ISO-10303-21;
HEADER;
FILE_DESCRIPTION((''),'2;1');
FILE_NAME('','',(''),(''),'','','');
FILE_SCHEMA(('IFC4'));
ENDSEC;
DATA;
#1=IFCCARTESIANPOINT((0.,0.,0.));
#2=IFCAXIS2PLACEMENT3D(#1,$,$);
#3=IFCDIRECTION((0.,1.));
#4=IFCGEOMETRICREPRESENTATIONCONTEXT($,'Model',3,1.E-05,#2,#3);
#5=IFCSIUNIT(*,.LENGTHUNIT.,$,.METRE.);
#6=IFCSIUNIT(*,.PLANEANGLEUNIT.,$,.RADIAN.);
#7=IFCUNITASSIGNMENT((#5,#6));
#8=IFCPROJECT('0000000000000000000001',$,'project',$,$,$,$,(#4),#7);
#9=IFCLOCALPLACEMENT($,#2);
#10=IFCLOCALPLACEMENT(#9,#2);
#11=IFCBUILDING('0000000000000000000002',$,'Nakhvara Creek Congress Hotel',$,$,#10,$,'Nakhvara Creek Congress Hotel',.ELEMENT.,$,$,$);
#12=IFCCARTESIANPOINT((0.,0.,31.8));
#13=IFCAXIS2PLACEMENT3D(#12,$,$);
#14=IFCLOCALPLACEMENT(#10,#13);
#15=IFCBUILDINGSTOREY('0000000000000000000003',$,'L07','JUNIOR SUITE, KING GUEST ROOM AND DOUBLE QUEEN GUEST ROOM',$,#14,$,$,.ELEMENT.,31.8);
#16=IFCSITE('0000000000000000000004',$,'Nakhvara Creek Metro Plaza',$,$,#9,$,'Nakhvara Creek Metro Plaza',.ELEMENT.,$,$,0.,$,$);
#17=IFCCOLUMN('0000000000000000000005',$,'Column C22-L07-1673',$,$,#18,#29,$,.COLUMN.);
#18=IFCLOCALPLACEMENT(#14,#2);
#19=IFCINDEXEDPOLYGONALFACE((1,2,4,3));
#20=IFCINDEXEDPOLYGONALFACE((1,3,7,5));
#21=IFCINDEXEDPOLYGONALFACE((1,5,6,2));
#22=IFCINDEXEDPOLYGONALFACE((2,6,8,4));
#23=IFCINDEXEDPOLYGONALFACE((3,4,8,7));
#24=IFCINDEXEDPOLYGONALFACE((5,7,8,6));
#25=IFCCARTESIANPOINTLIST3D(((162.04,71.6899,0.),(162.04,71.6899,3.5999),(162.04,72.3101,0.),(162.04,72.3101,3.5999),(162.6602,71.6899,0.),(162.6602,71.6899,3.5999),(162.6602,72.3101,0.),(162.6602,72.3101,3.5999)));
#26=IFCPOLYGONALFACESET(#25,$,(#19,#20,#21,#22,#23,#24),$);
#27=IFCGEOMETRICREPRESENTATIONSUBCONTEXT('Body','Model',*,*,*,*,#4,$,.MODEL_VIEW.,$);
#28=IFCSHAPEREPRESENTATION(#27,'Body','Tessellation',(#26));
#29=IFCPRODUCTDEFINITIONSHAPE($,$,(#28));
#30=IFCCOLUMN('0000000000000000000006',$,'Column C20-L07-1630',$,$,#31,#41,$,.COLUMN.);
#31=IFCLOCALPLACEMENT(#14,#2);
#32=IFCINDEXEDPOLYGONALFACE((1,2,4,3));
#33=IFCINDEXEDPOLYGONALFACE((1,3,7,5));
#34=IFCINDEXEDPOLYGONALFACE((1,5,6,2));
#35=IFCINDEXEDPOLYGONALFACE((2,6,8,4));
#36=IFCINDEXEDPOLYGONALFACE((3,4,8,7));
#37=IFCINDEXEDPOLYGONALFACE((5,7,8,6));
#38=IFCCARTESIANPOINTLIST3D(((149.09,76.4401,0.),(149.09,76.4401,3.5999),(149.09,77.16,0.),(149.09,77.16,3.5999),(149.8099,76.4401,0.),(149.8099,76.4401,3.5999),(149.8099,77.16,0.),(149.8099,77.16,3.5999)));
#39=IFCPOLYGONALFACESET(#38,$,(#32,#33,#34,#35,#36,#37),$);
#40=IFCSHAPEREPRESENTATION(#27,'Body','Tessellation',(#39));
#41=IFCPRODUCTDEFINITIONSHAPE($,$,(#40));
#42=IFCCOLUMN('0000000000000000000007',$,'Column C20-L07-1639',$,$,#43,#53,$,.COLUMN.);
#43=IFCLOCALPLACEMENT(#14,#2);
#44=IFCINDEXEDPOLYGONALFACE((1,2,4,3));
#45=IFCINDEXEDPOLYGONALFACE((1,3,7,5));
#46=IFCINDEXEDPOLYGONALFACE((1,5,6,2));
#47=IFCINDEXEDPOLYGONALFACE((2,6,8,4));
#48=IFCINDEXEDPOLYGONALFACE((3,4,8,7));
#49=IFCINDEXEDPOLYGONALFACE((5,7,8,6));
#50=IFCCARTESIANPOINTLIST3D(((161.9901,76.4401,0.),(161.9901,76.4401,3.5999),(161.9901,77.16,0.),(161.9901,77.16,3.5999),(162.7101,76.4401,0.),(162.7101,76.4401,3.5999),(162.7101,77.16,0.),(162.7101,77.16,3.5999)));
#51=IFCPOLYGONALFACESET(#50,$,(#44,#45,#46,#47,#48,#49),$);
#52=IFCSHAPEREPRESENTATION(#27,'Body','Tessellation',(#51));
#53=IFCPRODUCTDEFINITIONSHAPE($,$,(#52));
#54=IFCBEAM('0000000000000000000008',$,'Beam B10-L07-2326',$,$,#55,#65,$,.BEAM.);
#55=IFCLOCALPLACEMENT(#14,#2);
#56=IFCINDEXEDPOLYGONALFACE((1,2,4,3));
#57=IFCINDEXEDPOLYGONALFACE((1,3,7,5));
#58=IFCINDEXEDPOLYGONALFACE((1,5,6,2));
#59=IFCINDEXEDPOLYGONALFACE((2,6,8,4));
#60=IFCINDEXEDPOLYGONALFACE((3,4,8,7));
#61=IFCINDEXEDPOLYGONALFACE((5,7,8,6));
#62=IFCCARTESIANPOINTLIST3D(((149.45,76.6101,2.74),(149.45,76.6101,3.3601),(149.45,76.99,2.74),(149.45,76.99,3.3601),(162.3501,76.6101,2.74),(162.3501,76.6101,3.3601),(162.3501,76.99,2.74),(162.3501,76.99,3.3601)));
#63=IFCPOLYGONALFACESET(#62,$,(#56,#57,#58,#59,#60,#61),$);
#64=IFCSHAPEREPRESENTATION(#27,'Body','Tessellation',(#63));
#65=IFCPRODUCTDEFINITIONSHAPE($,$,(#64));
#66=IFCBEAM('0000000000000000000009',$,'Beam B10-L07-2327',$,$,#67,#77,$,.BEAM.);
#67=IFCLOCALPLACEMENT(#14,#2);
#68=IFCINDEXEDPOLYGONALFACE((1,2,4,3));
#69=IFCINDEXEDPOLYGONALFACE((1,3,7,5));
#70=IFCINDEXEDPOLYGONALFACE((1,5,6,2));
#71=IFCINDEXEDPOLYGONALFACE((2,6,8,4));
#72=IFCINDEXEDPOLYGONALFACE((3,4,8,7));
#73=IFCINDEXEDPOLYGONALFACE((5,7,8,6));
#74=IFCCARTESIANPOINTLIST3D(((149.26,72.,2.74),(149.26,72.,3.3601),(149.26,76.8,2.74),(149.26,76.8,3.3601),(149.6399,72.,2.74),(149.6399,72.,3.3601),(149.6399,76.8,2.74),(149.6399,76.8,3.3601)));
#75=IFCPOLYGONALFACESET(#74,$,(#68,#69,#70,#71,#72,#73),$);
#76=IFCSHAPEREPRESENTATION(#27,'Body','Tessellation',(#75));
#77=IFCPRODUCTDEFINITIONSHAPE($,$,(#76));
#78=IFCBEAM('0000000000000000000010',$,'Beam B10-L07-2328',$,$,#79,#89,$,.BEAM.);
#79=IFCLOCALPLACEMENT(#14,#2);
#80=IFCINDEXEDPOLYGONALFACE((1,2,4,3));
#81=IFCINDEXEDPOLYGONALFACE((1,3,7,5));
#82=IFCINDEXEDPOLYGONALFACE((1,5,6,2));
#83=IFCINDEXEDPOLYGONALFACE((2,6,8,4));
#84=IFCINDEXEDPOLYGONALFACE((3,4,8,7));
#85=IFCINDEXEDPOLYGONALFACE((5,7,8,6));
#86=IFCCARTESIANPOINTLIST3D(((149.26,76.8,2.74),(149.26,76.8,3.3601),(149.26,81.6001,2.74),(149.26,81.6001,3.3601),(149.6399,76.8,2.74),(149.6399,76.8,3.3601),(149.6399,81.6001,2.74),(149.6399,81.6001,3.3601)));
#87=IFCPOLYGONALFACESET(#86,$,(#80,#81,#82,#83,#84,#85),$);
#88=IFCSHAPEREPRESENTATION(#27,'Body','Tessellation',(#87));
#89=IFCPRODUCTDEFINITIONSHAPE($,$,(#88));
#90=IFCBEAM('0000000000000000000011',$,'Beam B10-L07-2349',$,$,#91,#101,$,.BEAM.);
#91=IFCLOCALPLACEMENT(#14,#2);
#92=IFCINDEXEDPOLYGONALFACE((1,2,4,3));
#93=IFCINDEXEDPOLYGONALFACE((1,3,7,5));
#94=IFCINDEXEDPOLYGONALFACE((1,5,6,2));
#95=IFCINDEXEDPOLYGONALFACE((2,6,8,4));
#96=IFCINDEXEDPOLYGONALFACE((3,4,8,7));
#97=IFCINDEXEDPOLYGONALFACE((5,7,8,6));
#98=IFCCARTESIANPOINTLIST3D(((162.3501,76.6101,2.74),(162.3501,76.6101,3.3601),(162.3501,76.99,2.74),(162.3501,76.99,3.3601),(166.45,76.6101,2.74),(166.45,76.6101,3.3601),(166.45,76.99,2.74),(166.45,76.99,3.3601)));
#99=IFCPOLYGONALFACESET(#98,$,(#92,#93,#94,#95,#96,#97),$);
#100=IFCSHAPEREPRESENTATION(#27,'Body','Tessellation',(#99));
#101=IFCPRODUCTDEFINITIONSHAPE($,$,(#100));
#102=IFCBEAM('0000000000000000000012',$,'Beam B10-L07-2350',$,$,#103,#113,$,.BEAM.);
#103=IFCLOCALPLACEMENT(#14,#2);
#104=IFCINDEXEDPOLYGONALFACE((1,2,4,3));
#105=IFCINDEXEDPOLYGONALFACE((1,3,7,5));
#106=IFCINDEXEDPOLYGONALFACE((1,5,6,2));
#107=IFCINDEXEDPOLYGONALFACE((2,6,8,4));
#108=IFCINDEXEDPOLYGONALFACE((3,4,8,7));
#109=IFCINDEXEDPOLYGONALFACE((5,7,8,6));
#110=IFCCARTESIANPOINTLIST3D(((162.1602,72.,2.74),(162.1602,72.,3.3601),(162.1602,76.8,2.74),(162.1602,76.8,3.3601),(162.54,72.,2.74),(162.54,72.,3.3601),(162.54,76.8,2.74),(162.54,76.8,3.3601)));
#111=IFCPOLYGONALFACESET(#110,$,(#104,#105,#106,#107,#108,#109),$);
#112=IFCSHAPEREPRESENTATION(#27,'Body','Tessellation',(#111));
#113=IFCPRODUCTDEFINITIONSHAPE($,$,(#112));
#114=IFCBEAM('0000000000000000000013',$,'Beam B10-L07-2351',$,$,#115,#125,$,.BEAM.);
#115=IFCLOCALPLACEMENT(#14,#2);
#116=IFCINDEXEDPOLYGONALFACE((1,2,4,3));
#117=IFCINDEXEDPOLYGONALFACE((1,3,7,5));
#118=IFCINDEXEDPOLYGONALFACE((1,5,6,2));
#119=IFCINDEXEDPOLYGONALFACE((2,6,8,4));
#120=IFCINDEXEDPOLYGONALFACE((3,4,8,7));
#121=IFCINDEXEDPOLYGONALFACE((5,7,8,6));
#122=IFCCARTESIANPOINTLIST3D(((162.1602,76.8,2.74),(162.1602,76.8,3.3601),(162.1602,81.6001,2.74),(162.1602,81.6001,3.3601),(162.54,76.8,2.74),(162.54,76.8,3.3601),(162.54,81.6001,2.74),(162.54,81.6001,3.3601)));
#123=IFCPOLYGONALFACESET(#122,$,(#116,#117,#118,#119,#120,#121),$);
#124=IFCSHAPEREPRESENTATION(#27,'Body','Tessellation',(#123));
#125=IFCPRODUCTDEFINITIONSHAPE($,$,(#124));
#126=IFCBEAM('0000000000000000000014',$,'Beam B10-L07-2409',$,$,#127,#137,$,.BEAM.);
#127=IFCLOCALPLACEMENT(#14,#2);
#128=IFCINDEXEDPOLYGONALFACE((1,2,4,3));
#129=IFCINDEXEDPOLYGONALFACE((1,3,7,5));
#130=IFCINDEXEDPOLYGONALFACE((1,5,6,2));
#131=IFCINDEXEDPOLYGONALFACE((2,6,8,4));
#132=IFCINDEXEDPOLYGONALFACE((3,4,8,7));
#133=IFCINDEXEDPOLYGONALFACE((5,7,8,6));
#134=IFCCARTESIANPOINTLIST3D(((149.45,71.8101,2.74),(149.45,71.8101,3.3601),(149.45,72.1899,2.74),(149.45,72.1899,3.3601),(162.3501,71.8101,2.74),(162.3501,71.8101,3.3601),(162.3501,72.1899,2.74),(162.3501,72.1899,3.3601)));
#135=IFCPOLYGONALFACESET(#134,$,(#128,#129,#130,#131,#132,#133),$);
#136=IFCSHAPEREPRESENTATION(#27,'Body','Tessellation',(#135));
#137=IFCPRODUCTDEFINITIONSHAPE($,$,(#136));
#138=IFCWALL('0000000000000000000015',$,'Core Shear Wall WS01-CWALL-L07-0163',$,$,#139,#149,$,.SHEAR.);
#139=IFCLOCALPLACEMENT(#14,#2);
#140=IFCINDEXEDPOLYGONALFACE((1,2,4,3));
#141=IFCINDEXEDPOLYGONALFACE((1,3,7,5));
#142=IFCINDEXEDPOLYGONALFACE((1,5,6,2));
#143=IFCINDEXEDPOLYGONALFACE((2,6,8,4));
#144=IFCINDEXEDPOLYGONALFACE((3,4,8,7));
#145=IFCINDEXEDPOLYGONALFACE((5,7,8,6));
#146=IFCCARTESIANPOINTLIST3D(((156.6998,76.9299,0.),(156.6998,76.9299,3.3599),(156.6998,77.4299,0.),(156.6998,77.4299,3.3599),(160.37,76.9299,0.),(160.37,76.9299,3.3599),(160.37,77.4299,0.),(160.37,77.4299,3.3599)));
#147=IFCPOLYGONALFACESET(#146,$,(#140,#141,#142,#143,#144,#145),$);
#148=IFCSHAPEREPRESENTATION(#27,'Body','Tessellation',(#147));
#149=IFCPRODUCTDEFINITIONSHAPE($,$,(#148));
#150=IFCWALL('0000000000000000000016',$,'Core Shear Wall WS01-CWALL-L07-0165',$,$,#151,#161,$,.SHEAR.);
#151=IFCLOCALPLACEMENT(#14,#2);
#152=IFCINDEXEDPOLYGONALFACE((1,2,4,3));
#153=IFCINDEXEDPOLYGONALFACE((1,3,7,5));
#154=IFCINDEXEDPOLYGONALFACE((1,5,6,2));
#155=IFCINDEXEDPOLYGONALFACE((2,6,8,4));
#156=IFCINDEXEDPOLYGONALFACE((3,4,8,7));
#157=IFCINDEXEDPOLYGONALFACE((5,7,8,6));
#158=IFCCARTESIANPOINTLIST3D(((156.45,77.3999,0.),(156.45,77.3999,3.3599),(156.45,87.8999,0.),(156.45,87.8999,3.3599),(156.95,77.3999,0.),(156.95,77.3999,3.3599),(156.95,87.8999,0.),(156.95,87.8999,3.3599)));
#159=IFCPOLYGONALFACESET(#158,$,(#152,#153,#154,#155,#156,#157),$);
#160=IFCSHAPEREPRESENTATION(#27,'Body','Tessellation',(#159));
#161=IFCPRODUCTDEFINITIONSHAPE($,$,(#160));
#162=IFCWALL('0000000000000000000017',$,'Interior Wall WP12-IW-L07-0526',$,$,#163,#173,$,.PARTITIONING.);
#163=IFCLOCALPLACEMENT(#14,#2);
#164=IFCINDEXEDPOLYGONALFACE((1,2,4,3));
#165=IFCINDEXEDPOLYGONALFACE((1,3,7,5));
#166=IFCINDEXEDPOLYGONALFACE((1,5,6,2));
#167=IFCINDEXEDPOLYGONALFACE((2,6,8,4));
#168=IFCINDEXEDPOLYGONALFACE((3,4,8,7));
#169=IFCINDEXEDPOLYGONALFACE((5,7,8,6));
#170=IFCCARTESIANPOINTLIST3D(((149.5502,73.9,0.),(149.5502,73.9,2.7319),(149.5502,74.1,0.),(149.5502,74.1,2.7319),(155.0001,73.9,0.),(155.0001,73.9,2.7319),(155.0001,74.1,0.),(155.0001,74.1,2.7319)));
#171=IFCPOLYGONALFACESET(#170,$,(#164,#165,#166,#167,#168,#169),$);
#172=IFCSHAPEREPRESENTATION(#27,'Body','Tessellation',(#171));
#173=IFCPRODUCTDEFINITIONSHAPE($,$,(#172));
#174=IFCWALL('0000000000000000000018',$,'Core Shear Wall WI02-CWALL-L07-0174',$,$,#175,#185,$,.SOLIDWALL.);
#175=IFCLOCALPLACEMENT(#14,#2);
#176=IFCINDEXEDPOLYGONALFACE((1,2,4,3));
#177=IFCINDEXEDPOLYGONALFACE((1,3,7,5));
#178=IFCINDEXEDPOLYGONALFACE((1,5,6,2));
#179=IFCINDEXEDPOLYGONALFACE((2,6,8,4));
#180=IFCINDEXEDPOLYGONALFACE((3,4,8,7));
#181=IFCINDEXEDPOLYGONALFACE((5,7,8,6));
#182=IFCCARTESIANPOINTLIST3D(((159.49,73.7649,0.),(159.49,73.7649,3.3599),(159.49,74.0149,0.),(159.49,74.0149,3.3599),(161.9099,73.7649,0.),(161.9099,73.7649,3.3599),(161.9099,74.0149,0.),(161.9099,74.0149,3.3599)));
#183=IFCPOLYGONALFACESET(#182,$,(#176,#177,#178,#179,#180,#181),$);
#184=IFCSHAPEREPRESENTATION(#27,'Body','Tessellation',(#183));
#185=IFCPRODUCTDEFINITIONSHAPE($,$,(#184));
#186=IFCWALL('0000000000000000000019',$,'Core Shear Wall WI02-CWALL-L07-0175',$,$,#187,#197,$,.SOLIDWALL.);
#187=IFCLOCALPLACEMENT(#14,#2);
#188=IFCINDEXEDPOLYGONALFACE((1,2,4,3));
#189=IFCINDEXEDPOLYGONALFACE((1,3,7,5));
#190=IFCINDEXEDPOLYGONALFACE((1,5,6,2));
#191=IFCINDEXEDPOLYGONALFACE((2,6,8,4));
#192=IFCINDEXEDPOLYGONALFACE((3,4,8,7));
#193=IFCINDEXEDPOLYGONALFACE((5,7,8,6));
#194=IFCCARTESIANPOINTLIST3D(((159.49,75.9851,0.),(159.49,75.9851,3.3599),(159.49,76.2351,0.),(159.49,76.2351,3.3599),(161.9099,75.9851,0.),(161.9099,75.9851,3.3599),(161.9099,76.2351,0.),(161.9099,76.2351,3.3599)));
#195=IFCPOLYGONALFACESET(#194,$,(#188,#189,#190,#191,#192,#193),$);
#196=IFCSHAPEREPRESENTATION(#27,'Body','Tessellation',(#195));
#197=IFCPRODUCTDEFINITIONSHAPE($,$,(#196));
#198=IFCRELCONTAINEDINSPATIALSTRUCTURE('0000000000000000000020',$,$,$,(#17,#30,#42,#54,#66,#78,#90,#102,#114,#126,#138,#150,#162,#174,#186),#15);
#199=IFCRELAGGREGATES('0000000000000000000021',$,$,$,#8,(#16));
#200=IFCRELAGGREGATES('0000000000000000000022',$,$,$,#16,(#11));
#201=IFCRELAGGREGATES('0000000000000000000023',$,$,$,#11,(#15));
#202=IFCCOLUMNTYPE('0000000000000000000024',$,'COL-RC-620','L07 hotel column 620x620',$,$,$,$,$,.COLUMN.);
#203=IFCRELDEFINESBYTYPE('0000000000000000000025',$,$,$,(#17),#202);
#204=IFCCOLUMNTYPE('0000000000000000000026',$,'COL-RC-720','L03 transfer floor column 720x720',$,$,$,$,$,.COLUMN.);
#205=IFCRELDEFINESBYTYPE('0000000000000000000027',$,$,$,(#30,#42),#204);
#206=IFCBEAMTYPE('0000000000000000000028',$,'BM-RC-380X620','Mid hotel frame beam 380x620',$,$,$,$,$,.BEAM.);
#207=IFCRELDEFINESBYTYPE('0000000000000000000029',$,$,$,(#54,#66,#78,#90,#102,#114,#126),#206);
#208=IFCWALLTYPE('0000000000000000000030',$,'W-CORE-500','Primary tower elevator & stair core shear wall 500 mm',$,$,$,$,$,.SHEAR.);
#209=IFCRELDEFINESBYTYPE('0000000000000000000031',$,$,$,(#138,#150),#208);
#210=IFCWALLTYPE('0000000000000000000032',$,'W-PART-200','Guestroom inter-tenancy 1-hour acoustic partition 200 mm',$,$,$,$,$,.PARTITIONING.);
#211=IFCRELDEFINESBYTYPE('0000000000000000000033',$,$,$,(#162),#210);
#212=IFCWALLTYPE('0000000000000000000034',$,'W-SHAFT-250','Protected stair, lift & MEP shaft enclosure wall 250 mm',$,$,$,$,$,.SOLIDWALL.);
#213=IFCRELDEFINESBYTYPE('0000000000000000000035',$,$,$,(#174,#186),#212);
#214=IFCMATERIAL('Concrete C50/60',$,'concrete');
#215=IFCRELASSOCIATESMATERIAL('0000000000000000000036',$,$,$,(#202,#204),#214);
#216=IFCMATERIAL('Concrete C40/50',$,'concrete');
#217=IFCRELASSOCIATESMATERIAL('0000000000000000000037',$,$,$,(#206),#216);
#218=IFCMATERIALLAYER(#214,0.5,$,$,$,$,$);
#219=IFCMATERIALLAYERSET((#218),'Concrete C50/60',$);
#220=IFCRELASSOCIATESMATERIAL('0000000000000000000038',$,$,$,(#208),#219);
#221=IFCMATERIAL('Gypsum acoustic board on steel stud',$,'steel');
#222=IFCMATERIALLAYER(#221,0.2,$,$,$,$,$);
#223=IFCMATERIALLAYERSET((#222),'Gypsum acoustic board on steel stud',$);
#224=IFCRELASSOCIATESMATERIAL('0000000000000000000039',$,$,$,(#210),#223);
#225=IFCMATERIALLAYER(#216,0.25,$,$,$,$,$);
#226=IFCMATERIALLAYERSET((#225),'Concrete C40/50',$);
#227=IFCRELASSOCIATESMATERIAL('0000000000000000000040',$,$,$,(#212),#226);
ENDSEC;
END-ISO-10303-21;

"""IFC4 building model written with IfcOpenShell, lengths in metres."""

from ifc_helpers import new_model, si_unit, direction, frame, frame_2d, origin, origin_2d, place, context, subcontext, project, spatial, rectangle, extrude, material, layer, layer_set, material_profile, profile_set, type_object, element, save


model = new_model("IFC4")

# Units and contexts
model_context = context("Model", 3, precision=1e-05, world=origin(), true_north=direction((0.0, 1.0)))
body_context = subcontext(model_context, "Body", "Model", "MODEL_VIEW")
ifc_project = project(units=[si_unit("LENGTHUNIT", "METRE"), si_unit("PLANEANGLEUNIT", "RADIAN")], contexts=[model_context])

# Site, building, storey
site_placement = place(None, origin())
site = spatial("IfcSite", under=ifc_project, at=site_placement, Name="Nakhvara Creek Metro Plaza", LongName="Nakhvara Creek Metro Plaza", CompositionType="ELEMENT", RefElevation=0.0)
building_placement = place(site_placement, origin())
building = spatial("IfcBuilding", under=site, at=building_placement, Name="Nakhvara Creek Congress Hotel", LongName="Nakhvara Creek Congress Hotel", CompositionType="ELEMENT")
storey_placement = place(building_placement, frame((0.0, 0.0, 31.8)))
storey = spatial("IfcBuildingStorey", under=building, at=storey_placement, Name="L07", Description="JUNIOR SUITE, KING GUEST ROOM AND DOUBLE QUEEN GUEST ROOM", CompositionType="ELEMENT", Elevation=31.8)

# Columns
ifc_material_1 = material(Name="Concrete C50/60", Category="concrete")
ifc_material_profile_1 = material_profile(ifc_material_1, rectangle(XDim=0.6201, YDim=0.6201, at=origin_2d()), Name="RC-COL 620x620", Category="LoadBearing")
ifc_profile_set_1 = profile_set([ifc_material_profile_1], Name="Concrete C50/60")
column_type_1 = type_object("IfcColumnType", Name="COL-RC-620", Description="L07 hotel column 620x620", PredefinedType="COLUMN", material=ifc_profile_set_1)
column_placement = place(storey_placement, frame((162.3501, 72.0, 0.0), z_axis=(0.0, 0.0, 1.0), x_axis=(1.0, 0.0, 0.0)))
element("IfcColumn", 1, at=column_placement, inside=storey, type_object=column_type_1, Name="Column C22-L07-1673", PredefinedType="COLUMN", context=body_context, shape_type="SweptSolid", body=[
    extrude(rectangle(XDim=0.6201, YDim=0.6201, at=origin_2d()), origin(), (0.0, 0.0, 1.0), 3.5999),
])
ifc_material_profile_2 = material_profile(ifc_material_1, rectangle(XDim=0.72, YDim=0.72, at=origin_2d()), Name="RC-COL 720x720", Category="LoadBearing")
ifc_profile_set_2 = profile_set([ifc_material_profile_2], Name="Concrete C50/60")
column_type_2 = type_object("IfcColumnType", Name="COL-RC-720", Description="L03 transfer floor column 720x720", PredefinedType="COLUMN", material=ifc_profile_set_2)
for number, where, z_axis, x_axis, name in (
    (2, (149.45, 76.8, 0.0), (0.0, 0.0, 1.0), (1.0, 0.0, 0.0), "Column C20-L07-1630"),
    (3, (162.3501, 76.8, 0.0), (0.0, 0.0, 1.0), (1.0, 0.0, 0.0), "Column C20-L07-1639"),
):
    element("IfcColumn", number, at=place(storey_placement, frame(where, z_axis=z_axis, x_axis=x_axis)), inside=storey, type_object=column_type_2, Name=name, PredefinedType="COLUMN", context=body_context, shape_type="SweptSolid", body=[
        extrude(rectangle(XDim=0.72, YDim=0.72, at=origin_2d()), origin(), (0.0, 0.0, 1.0), 3.5999),
    ])

# Beams
ifc_material_2 = material(Name="Concrete C40/50", Category="concrete")
ifc_material_profile_3 = material_profile(ifc_material_2, rectangle(XDim=0.3799, YDim=0.6201, at=origin_2d()), Name="RC-BM 380x620", Category="LoadBearing")
ifc_profile_set_3 = profile_set([ifc_material_profile_3], Name="Concrete C40/50")
beam_type = type_object("IfcBeamType", Name="BM-RC-380X620", Description="Mid hotel frame beam 380x620", PredefinedType="BEAM", material=ifc_profile_set_3)
beam_1_placement = place(storey_placement, frame((149.45, 76.8, 3.05), z_axis=(1.0, 0.0, 0.0), x_axis=(0.0, 1.0, 0.0)))
element("IfcBeam", 4, at=beam_1_placement, inside=storey, type_object=beam_type, Name="Beam B10-L07-2326", PredefinedType="BEAM", context=body_context, shape_type="SweptSolid", body=[
    extrude(rectangle(XDim=0.3799, YDim=0.6201, at=origin_2d()), origin(), (0.0, 0.0, 1.0), 12.9001),
])
for number, where, z_axis, x_axis, name in (
    (5, (149.45, 72.0, 3.05), (0.0, 1.0, 0.0), (-1.0, 0.0, 0.0), "Beam B10-L07-2327"),
    (6, (149.45, 76.8, 3.05), (0.0, 1.0, 0.0), (-1.0, 0.0, 0.0), "Beam B10-L07-2328"),
):
    element("IfcBeam", number, at=place(storey_placement, frame(where, z_axis=z_axis, x_axis=x_axis)), inside=storey, type_object=beam_type, Name=name, PredefinedType="BEAM", context=body_context, shape_type="SweptSolid", body=[
        extrude(rectangle(XDim=0.3799, YDim=0.6201, at=origin_2d()), origin(), (0.0, 0.0, 1.0), 4.8),
    ])
beam_2_placement = place(storey_placement, frame((162.3501, 76.8, 3.05), z_axis=(1.0, 0.0, 0.0), x_axis=(0.0, 1.0, 0.0)))
element("IfcBeam", 7, at=beam_2_placement, inside=storey, type_object=beam_type, Name="Beam B10-L07-2349", PredefinedType="BEAM", context=body_context, shape_type="SweptSolid", body=[
    extrude(rectangle(XDim=0.3799, YDim=0.6201, at=origin_2d()), origin(), (0.0, 0.0, 1.0), 4.0999),
])
for number, where, z_axis, x_axis, name in (
    (8, (162.3501, 72.0, 3.05), (0.0, 1.0, 0.0), (-1.0, 0.0, 0.0), "Beam B10-L07-2350"),
    (9, (162.3501, 76.8, 3.05), (0.0, 1.0, 0.0), (-1.0, 0.0, 0.0), "Beam B10-L07-2351"),
):
    element("IfcBeam", number, at=place(storey_placement, frame(where, z_axis=z_axis, x_axis=x_axis)), inside=storey, type_object=beam_type, Name=name, PredefinedType="BEAM", context=body_context, shape_type="SweptSolid", body=[
        extrude(rectangle(XDim=0.3799, YDim=0.6201, at=origin_2d()), origin(), (0.0, 0.0, 1.0), 4.8),
    ])
beam_3_placement = place(storey_placement, frame((149.45, 72.0, 3.05), z_axis=(1.0, 0.0, 0.0), x_axis=(0.0, 1.0, 0.0)))
element("IfcBeam", 10, at=beam_3_placement, inside=storey, type_object=beam_type, Name="Beam B10-L07-2409", PredefinedType="BEAM", context=body_context, shape_type="SweptSolid", body=[
    extrude(rectangle(XDim=0.3799, YDim=0.6201, at=origin_2d()), origin(), (0.0, 0.0, 1.0), 12.9001),
])

# Walls
ifc_layer_1 = layer(ifc_material_1, 0.5)
ifc_layer_set_1 = layer_set([ifc_layer_1], Name="Concrete C50/60")
wall_type_1 = type_object("IfcWallType", Name="W-CORE-500", Description="Primary tower elevator & stair core shear wall 500 mm", PredefinedType="SHEAR", material=ifc_layer_set_1)
wall_1_placement = place(storey_placement, frame((156.7, 77.1799, 0.0), z_axis=(0.0, 0.0, 1.0), x_axis=(1.0, 0.0, 0.0)))
element("IfcWall", 11, at=wall_1_placement, inside=storey, type_object=wall_type_1, Name="Core Shear Wall WS01-CWALL-L07-0163", PredefinedType="SHEAR", context=body_context, shape_type="SweptSolid", body=[
    extrude(rectangle(XDim=3.6702, YDim=0.5, at=frame_2d((1.835, 0.0))), origin(), (0.0, 0.0, 1.0), 3.3599),
])
wall_2_placement = place(storey_placement, frame((156.7, 77.3999, 0.0), z_axis=(0.0, 0.0, 1.0), x_axis=(0.0, 1.0, 0.0)))
element("IfcWall", 12, at=wall_2_placement, inside=storey, type_object=wall_type_1, Name="Core Shear Wall WS01-CWALL-L07-0165", PredefinedType="SHEAR", context=body_context, shape_type="SweptSolid", body=[
    extrude(rectangle(XDim=10.5, YDim=0.5, at=frame_2d((5.25, 0.0))), origin(), (0.0, 0.0, 1.0), 3.3599),
])

# Walls
ifc_material_3 = material(Name="Gypsum acoustic board on steel stud", Category="steel")
ifc_layer_2 = layer(ifc_material_3, 0.2)
ifc_layer_set_2 = layer_set([ifc_layer_2], Name="Gypsum acoustic board on steel stud")
wall_type_2 = type_object("IfcWallType", Name="W-PART-200", Description="Guestroom inter-tenancy 1-hour acoustic partition 200 mm", PredefinedType="PARTITIONING", material=ifc_layer_set_2)
wall_3_placement = place(storey_placement, frame((149.55, 74.0, 0.0), z_axis=(0.0, 0.0, 1.0), x_axis=(1.0, 0.0, 0.0)))
element("IfcWall", 13, at=wall_3_placement, inside=storey, type_object=wall_type_2, Name="Interior Wall WP12-IW-L07-0526", PredefinedType="PARTITIONING", context=body_context, shape_type="SweptSolid", body=[
    extrude(rectangle(XDim=5.45, YDim=0.2, at=frame_2d((2.7251, 0.0))), origin(), (0.0, 0.0, 1.0), 2.7319),
])
ifc_layer_3 = layer(ifc_material_2, 0.25)
ifc_layer_set_3 = layer_set([ifc_layer_3], Name="Concrete C40/50")
wall_type_3 = type_object("IfcWallType", Name="W-SHAFT-250", Description="Protected stair, lift & MEP shaft enclosure wall 250 mm", PredefinedType="SOLIDWALL", material=ifc_layer_set_3)
for number, where, z_axis, x_axis, name in (
    (14, (159.49, 73.8899, 0.0), (0.0, 0.0, 1.0), (1.0, 0.0, 0.0), "Core Shear Wall WI02-CWALL-L07-0174"),
    (15, (159.49, 76.1101, 0.0), (0.0, 0.0, 1.0), (1.0, 0.0, 0.0), "Core Shear Wall WI02-CWALL-L07-0175"),
):
    element("IfcWall", number, at=place(storey_placement, frame(where, z_axis=z_axis, x_axis=x_axis)), inside=storey, type_object=wall_type_3, Name=name, PredefinedType="SOLIDWALL", context=body_context, shape_type="SweptSolid", body=[
        extrude(rectangle(XDim=2.4199, YDim=0.25, at=frame_2d((1.21, 0.0))), origin(), (0.0, 0.0, 1.0), 3.3599),
    ])

save(model, "model.ifc")
